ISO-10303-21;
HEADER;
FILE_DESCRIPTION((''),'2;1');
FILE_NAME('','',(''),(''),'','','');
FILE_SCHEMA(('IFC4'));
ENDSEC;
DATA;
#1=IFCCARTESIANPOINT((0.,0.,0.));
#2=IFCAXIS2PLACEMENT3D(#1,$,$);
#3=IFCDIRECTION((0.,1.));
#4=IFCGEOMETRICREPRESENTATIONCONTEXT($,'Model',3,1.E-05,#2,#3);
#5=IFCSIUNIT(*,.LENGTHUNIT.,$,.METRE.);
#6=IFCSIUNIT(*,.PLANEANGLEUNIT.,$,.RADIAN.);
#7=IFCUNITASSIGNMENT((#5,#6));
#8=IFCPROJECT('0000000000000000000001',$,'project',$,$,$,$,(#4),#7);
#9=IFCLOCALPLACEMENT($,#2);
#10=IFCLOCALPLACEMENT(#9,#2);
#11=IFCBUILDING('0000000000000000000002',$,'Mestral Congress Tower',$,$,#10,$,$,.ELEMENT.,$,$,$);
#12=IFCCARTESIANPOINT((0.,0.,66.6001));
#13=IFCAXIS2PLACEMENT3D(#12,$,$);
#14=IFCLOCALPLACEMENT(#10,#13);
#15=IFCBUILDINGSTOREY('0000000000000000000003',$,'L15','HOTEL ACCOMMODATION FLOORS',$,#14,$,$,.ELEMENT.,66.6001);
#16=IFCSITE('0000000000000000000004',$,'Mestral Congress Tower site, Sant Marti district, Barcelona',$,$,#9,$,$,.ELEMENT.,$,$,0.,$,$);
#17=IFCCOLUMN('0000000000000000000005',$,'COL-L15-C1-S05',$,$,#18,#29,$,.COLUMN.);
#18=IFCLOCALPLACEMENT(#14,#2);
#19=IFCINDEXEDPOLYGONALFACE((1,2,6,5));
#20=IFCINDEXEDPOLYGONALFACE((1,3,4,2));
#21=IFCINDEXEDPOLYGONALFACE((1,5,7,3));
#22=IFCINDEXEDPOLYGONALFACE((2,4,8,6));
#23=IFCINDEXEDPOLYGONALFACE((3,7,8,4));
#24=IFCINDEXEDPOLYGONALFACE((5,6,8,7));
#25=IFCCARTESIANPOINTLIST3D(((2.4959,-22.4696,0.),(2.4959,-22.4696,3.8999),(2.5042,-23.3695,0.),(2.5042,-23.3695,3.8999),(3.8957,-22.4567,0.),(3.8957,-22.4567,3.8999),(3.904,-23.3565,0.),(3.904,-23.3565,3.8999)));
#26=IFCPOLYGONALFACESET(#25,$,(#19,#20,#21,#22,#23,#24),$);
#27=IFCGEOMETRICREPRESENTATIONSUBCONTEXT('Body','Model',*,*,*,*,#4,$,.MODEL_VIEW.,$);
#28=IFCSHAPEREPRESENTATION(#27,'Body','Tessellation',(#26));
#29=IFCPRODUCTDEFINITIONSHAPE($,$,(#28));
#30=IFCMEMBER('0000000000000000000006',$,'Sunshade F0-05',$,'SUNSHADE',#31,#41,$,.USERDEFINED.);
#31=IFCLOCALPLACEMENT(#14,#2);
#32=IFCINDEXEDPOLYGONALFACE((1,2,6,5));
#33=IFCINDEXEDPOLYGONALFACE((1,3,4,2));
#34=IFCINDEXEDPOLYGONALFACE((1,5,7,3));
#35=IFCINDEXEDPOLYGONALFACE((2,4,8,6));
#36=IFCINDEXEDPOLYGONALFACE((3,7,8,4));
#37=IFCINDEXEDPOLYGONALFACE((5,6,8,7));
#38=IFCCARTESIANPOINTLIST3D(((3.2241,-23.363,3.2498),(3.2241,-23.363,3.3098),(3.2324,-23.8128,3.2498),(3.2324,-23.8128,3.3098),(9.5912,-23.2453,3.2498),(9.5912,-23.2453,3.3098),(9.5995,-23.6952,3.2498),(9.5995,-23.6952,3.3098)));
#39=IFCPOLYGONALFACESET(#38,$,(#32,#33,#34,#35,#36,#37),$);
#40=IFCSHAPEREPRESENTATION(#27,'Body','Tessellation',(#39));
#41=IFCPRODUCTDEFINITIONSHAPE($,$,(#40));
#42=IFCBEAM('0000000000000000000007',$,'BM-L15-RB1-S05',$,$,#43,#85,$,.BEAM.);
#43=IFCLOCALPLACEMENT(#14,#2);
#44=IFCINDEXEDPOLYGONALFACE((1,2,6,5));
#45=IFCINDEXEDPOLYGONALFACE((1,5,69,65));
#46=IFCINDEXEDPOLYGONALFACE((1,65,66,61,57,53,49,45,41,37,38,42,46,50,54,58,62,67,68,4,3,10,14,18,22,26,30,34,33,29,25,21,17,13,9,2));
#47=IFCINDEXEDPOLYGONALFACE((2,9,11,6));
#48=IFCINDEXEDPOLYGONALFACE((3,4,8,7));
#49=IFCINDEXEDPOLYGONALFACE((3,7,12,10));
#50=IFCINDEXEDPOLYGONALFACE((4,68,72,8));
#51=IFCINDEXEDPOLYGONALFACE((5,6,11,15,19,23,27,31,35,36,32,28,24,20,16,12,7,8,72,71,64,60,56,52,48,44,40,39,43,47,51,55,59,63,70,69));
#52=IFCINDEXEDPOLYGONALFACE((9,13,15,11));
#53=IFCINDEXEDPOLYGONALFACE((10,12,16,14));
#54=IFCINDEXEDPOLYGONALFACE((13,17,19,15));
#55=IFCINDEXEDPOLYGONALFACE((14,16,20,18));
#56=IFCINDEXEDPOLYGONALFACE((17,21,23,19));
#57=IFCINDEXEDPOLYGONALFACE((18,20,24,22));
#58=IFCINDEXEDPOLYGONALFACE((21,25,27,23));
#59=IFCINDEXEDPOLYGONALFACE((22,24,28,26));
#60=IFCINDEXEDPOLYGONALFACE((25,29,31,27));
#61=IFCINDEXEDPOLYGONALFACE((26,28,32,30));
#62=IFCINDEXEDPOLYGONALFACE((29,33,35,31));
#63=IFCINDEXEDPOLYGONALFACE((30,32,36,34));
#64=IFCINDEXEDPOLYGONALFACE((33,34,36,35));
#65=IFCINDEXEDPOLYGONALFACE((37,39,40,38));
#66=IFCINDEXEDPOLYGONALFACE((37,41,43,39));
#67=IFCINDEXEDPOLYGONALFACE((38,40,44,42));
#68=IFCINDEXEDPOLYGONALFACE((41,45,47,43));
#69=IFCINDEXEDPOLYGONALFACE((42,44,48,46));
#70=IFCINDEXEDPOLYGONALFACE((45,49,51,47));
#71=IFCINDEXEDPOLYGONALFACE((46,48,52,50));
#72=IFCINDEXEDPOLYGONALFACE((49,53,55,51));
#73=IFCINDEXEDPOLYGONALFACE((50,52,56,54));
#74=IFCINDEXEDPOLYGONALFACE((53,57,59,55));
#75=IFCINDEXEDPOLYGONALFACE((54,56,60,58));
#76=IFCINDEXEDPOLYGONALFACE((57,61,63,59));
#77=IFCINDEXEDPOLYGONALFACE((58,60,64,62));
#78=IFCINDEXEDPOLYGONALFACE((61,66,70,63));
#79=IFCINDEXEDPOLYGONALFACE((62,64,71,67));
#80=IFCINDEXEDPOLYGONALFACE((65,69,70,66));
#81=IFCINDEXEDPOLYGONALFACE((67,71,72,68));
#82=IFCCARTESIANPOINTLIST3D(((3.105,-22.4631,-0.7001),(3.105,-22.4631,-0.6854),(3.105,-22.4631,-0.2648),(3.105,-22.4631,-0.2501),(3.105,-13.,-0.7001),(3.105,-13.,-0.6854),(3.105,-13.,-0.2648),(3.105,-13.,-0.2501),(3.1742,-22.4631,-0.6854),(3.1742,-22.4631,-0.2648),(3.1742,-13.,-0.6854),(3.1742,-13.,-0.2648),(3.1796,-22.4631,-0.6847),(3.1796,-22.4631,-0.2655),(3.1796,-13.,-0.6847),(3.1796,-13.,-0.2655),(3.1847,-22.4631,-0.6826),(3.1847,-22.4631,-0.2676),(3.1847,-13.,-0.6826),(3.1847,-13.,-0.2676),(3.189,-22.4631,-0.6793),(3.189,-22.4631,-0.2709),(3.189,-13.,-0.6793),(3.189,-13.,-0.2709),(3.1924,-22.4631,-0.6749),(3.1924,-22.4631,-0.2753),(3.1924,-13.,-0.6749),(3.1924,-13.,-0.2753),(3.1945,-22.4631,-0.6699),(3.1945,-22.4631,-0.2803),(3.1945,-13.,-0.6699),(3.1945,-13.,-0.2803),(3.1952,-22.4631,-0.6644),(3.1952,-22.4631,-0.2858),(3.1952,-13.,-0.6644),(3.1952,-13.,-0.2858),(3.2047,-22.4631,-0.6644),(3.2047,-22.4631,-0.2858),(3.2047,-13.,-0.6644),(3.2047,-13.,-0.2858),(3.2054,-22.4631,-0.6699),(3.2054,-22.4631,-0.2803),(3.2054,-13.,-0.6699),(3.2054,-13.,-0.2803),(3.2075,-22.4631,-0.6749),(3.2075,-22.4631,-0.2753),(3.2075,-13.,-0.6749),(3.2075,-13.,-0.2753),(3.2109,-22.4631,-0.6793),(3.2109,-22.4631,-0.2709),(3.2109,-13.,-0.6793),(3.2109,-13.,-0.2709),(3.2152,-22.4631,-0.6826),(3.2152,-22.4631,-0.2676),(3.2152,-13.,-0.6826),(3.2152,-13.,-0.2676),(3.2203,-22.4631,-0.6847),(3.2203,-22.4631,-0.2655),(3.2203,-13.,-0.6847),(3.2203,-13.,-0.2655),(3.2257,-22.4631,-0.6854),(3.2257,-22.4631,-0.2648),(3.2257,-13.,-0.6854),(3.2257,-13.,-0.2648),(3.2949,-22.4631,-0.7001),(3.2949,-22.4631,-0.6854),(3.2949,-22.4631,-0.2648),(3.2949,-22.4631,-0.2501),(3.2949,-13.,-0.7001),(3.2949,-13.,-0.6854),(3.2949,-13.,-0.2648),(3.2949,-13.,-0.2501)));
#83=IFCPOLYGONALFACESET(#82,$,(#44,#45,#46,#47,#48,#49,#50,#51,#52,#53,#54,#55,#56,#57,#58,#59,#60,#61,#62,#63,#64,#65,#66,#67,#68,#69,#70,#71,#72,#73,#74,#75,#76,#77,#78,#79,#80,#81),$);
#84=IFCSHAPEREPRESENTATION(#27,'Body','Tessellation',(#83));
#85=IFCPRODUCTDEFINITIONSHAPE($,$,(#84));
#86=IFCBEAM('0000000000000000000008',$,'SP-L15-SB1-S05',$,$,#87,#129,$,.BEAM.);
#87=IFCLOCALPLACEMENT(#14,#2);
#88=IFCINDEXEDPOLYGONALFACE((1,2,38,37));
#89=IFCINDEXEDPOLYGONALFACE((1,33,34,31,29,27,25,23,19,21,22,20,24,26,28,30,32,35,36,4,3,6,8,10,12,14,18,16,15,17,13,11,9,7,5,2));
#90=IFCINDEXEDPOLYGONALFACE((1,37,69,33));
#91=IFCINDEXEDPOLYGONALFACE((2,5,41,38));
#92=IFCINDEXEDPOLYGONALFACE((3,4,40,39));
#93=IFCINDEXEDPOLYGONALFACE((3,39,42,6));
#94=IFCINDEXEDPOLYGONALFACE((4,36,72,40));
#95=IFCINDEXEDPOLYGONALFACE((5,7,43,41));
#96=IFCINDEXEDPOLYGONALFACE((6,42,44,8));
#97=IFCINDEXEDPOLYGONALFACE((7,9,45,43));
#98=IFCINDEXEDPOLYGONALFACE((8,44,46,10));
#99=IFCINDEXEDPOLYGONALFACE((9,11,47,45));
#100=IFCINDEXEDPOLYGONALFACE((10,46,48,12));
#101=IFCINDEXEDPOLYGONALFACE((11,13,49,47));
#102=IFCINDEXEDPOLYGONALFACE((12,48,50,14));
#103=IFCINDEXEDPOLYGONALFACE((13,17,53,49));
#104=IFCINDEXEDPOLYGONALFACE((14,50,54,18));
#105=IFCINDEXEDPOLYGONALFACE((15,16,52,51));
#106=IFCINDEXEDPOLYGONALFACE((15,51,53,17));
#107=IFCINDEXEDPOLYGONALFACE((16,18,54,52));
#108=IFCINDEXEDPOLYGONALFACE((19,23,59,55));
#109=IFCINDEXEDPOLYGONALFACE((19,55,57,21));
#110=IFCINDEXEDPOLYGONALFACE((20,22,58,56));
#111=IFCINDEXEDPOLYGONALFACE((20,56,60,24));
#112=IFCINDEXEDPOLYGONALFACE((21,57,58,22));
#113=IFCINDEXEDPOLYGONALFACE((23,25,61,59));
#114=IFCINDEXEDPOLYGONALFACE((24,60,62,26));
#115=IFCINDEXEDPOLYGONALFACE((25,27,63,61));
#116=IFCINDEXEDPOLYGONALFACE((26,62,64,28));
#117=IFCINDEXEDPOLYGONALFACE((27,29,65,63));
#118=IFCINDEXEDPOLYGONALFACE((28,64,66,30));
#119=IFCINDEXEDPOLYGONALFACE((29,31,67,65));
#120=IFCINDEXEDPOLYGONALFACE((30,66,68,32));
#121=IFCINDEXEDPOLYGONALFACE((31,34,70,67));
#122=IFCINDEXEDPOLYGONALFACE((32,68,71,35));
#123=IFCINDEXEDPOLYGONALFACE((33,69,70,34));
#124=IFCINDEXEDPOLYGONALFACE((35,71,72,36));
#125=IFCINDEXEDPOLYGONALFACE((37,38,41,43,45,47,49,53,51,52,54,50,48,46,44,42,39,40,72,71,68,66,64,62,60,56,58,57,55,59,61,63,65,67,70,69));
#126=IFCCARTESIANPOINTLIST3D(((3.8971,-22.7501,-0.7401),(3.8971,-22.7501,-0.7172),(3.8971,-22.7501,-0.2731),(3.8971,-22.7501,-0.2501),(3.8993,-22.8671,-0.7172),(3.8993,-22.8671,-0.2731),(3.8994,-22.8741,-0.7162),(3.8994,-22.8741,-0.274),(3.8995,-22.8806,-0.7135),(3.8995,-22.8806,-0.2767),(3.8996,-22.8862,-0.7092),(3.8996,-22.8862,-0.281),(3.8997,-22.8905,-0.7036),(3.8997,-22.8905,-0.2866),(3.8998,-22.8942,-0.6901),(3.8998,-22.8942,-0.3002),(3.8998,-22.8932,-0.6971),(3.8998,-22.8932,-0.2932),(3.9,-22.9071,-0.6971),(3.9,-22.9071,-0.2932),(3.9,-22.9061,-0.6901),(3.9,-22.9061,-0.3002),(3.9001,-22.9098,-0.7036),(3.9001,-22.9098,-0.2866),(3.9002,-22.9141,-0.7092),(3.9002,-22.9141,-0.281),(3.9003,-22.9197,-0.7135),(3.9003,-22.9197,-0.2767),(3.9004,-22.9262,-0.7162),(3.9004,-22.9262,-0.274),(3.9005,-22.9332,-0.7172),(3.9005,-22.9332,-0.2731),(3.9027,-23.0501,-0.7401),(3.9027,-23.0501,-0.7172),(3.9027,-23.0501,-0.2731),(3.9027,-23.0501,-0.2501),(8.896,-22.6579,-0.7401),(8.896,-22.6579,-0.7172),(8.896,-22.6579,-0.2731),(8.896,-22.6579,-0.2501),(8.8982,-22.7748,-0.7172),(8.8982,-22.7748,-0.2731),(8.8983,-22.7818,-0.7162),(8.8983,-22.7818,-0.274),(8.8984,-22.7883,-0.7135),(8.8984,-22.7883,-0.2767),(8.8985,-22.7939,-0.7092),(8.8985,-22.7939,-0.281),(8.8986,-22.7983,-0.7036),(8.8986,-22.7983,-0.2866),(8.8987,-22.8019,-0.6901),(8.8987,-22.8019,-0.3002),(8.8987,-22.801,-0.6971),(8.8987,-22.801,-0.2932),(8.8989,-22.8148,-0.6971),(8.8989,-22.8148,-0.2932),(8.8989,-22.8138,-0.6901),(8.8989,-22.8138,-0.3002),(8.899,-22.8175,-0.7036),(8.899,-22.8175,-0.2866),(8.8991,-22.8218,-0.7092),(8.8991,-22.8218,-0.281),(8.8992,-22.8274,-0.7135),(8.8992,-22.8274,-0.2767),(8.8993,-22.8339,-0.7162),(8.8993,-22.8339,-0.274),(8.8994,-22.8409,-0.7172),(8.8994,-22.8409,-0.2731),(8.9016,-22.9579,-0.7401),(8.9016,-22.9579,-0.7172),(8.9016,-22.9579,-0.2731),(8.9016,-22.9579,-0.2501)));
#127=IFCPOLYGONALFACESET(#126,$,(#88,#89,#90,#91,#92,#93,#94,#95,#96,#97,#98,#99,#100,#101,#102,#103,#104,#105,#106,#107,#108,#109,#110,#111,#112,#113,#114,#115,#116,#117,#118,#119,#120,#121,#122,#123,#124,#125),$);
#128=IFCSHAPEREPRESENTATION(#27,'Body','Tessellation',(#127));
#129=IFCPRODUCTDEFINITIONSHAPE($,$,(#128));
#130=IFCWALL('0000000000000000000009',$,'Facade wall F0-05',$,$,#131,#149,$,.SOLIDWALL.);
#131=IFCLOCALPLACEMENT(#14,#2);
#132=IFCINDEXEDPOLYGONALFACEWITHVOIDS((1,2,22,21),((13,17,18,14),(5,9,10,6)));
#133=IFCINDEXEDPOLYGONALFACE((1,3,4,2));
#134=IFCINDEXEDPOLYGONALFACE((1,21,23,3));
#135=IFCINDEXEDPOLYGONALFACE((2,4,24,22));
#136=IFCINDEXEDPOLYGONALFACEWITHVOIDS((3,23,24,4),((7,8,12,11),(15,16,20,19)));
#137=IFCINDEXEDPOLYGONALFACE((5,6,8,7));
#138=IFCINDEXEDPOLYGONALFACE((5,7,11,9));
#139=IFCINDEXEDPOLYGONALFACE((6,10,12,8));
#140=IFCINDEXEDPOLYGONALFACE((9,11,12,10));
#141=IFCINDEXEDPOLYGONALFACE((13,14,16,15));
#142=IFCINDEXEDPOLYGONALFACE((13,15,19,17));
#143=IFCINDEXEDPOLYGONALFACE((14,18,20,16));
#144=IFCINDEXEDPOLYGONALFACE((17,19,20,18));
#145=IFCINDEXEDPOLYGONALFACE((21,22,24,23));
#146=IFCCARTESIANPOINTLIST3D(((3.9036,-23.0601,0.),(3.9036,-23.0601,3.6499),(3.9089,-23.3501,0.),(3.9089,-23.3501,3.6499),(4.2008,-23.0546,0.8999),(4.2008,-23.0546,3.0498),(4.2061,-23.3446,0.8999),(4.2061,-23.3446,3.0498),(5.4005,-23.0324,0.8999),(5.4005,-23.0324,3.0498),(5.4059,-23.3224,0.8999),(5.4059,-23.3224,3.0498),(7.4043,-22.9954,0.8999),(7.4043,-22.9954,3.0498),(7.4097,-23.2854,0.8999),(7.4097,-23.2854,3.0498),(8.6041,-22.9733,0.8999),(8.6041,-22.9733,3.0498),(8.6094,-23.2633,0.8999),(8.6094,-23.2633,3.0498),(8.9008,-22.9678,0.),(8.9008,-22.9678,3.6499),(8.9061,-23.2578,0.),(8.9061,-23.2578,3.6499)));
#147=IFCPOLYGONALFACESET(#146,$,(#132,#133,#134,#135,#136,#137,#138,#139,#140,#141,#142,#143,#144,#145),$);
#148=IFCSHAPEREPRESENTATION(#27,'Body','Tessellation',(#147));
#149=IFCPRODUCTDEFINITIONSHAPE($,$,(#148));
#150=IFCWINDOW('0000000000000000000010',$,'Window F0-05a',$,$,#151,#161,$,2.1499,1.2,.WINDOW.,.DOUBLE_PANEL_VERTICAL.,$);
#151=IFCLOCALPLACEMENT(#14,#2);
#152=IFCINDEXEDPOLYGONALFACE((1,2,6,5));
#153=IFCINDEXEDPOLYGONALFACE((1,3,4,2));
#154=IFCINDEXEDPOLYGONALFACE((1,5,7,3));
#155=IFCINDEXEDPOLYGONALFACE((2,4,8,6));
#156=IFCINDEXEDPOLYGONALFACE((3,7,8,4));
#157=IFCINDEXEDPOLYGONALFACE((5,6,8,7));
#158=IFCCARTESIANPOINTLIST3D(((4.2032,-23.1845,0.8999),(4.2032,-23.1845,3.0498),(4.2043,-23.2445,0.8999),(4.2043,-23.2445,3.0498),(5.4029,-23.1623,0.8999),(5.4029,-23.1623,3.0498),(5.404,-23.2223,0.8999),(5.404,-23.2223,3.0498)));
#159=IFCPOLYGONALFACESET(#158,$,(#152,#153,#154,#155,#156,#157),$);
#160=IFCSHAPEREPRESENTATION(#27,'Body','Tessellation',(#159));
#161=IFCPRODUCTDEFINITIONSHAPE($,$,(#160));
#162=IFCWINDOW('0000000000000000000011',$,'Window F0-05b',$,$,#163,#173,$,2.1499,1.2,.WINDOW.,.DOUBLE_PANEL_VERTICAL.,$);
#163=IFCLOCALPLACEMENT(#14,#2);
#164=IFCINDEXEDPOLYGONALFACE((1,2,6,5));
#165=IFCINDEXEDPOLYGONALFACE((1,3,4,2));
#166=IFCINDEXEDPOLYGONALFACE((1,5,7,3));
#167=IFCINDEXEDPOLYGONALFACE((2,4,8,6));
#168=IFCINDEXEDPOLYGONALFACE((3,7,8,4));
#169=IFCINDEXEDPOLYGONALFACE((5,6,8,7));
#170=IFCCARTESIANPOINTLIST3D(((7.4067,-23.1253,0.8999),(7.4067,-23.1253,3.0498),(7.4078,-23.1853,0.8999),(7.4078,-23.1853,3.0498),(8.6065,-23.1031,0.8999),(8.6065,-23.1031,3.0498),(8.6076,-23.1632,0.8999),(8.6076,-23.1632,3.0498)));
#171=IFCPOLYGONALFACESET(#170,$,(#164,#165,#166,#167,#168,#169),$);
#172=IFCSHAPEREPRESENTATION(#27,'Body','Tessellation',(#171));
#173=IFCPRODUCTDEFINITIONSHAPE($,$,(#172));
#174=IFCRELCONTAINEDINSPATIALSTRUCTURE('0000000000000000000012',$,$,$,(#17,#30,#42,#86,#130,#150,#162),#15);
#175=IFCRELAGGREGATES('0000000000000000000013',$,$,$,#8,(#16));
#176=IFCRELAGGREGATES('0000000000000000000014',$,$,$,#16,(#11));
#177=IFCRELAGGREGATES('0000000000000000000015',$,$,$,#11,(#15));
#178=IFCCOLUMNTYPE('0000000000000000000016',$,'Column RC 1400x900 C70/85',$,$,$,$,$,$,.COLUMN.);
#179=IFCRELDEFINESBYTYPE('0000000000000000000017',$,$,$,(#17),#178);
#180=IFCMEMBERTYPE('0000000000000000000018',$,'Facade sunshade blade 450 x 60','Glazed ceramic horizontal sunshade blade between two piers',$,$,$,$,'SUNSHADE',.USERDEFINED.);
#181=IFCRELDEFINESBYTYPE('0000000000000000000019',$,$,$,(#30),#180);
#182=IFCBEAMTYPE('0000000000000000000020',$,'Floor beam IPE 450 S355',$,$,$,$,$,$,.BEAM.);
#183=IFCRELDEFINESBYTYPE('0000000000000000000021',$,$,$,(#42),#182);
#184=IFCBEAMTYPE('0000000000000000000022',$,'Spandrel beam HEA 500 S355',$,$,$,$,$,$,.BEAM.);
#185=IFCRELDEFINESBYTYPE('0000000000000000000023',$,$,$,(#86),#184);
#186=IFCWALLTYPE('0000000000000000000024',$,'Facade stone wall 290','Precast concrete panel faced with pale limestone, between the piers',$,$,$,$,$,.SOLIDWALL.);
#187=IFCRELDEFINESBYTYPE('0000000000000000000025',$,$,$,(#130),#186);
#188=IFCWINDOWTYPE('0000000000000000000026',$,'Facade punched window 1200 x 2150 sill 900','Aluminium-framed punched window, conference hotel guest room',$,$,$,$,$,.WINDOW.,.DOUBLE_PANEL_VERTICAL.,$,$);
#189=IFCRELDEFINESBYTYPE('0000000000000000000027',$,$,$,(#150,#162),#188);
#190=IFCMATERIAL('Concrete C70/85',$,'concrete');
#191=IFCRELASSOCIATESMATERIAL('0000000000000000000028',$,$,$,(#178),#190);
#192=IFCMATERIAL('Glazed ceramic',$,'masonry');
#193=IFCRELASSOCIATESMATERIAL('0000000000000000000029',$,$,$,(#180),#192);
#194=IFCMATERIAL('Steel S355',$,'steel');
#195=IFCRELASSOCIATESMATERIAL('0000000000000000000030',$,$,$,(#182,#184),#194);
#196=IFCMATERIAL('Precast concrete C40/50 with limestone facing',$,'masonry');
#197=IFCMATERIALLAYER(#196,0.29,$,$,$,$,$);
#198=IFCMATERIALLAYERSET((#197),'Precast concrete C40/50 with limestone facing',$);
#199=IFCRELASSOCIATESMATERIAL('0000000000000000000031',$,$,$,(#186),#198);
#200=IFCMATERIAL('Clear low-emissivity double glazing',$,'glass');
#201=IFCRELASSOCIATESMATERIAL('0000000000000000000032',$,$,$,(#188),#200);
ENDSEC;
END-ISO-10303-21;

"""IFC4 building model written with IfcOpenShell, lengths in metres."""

from ifc_helpers import new_model, si_unit, direction, frame, frame_2d, origin, origin_2d, place, context, subcontext, project, spatial, rectangle, i_section, extrude, material, layer, layer_set, material_profile, profile_set, type_object, element, fill, save


model = new_model("IFC4")

# Units and contexts
model_context = context("Model", 3, precision=1e-05, world=origin(), true_north=direction((0.0, 1.0)))
body_context = subcontext(model_context, "Body", "Model", "MODEL_VIEW")
ifc_project = project(units=[si_unit("LENGTHUNIT", "METRE"), si_unit("PLANEANGLEUNIT", "RADIAN")], contexts=[model_context])

# Site, building, storey
site_placement = place(None, origin())
site = spatial("IfcSite", under=ifc_project, at=site_placement, Name="Mestral Congress Tower site, Sant Marti district, Barcelona", CompositionType="ELEMENT", RefElevation=0.0)
building_placement = place(site_placement, origin())
building = spatial("IfcBuilding", under=site, at=building_placement, Name="Mestral Congress Tower", CompositionType="ELEMENT")
storey_placement = place(building_placement, frame((0.0, 0.0, 66.6001)))
storey = spatial("IfcBuildingStorey", under=building, at=storey_placement, Name="L15", Description="HOTEL ACCOMMODATION FLOORS", CompositionType="ELEMENT", Elevation=66.6001)

# Column
ifc_material_1 = material(Name="Concrete C70/85", Category="concrete")
ifc_material_profile_1 = material_profile(ifc_material_1, rectangle(XDim=1.3999, YDim=0.8999, at=origin_2d()), Name="RC 1400x900")
ifc_profile_set_1 = profile_set([ifc_material_profile_1], Name="Concrete C70/85")
column_type = type_object("IfcColumnType", Name="Column RC 1400x900 C70/85", PredefinedType="COLUMN", material=ifc_profile_set_1)
column_placement = place(storey_placement, frame((3.2, -22.9131, 0.0), z_axis=(0.0, 0.0, 1.0), x_axis=(0.999957, 0.009243, 0.0)))
element("IfcColumn", 1, at=column_placement, inside=storey, type_object=column_type, Name="COL-L15-C1-S05", PredefinedType="COLUMN", context=body_context, shape_type="SweptSolid", body=[
    extrude(rectangle(XDim=1.3999, YDim=0.8999, at=origin_2d()), origin(), (0.0, 0.0, 1.0), 3.8999),
])

# Member
ifc_material_2 = material(Name="Glazed ceramic", Category="masonry")
ifc_material_profile_2 = material_profile(ifc_material_2, rectangle(XDim=0.45, YDim=0.0601, at=origin_2d()), Name="Ceramic blade 450 x 60")
ifc_profile_set_2 = profile_set([ifc_material_profile_2], Name="Glazed ceramic")
member_type = type_object("IfcMemberType", Name="Facade sunshade blade 450 x 60", Description="Glazed ceramic horizontal sunshade blade between two piers", ElementType="SUNSHADE", PredefinedType="USERDEFINED", material=ifc_profile_set_2)
member_placement = place(storey_placement, frame((3.2283, -23.5879, 3.2798), z_axis=(0.999829, 0.018478, 0.0), x_axis=(-0.018478, 0.999829, 0.0)))
element("IfcMember", 2, at=member_placement, inside=storey, type_object=member_type, Name="Sunshade F0-05", ObjectType="SUNSHADE", PredefinedType="USERDEFINED", context=body_context, shape_type="SweptSolid", body=[
    extrude(rectangle(XDim=0.45, YDim=0.0601, at=origin_2d()), origin(), (0.0, 0.0, 1.0), 6.3682),
])

# Beams
ifc_material_3 = material(Name="Steel S355", Category="steel")
ifc_material_profile_3 = material_profile(ifc_material_3, i_section(OverallWidth=0.1899, OverallDepth=0.45, WebThickness=0.0095, FlangeThickness=0.0146, FilletRadius=0.021, at=origin_2d()), Name="IPE 450")
ifc_profile_set_3 = profile_set([ifc_material_profile_3], Name="Steel S355")
beam_type_1 = type_object("IfcBeamType", Name="Floor beam IPE 450 S355", PredefinedType="BEAM", material=ifc_profile_set_3)
beam_1_placement = place(storey_placement, frame((3.2, -22.4631, -0.4751), z_axis=(0.0, 1.0, 0.0), x_axis=(-1.0, 0.0, 0.0)))
element("IfcBeam", 3, at=beam_1_placement, inside=storey, type_object=beam_type_1, Name="BM-L15-RB1-S05", PredefinedType="BEAM", context=body_context, shape_type="SweptSolid", body=[
    extrude(i_section(OverallWidth=0.1899, OverallDepth=0.45, WebThickness=0.0095, FlangeThickness=0.0146, FilletRadius=0.021, at=origin_2d()), origin(), (0.0, 0.0, 1.0), 9.4631),
])
ifc_material_profile_4 = material_profile(ifc_material_3, i_section(OverallWidth=0.3, OverallDepth=0.49, WebThickness=0.012, FlangeThickness=0.0229, FilletRadius=0.0271, at=origin_2d()), Name="HEA 500")
ifc_profile_set_4 = profile_set([ifc_material_profile_4], Name="Steel S355")
beam_type_2 = type_object("IfcBeamType", Name="Spandrel beam HEA 500 S355", PredefinedType="BEAM", material=ifc_profile_set_4)
beam_2_placement = place(storey_placement, frame((3.8999, -22.9001, -0.4951), z_axis=(0.99983, 0.018457, 0.0), x_axis=(-0.018457, 0.99983, 0.0)))
element("IfcBeam", 4, at=beam_2_placement, inside=storey, type_object=beam_type_2, Name="SP-L15-SB1-S05", PredefinedType="BEAM", context=body_context, shape_type="SweptSolid", body=[
    extrude(i_section(OverallWidth=0.3, OverallDepth=0.49, WebThickness=0.012, FlangeThickness=0.0229, FilletRadius=0.0271, at=origin_2d()), origin(), (0.0, 0.0, 1.0), 4.9998),
])

# Wall, openings, windows
ifc_material_4 = material(Name="Precast concrete C40/50 with limestone facing", Category="masonry")
ifc_layer_1 = layer(ifc_material_4, 0.29)
ifc_layer_set_1 = layer_set([ifc_layer_1], Name="Precast concrete C40/50 with limestone facing")
wall_type_1 = type_object("IfcWallType", Name="Facade stone wall 290", Description="Precast concrete panel faced with pale limestone, between the piers", PredefinedType="SOLIDWALL", material=ifc_layer_set_1)
wall_1_placement = place(storey_placement, frame((3.9062, -23.2051, 0.0), z_axis=(0.0, 0.0, 1.0), x_axis=(0.99983, 0.018464, 0.0)))
wall_1 = element("IfcWall", 5, at=wall_1_placement, inside=storey, type_object=wall_type_1, Name="Facade wall F0-05", PredefinedType="SOLIDWALL", context=body_context, shape_type="SweptSolid", body=[
    extrude(rectangle(XDim=4.998, YDim=0.29, at=frame_2d((2.499, 0.0))), origin(), (0.0, 0.0, 1.0), 3.6499),
])
opening_1_placement = place(wall_1_placement, frame((0.2971, 0.0, 0.8999)))
opening_1 = element("IfcOpeningElement", 6, at=opening_1_placement, cuts=wall_1, PredefinedType="OPENING", context=body_context, shape_type="SweptSolid", body=[
    extrude(rectangle(XDim=1.2, YDim=2.1499, at=frame_2d((0.6001, 1.075))), frame((0.0, 0.155, 0.0), z_axis=(0.0, -1.0, 0.0), x_axis=(1.0, 0.0, 0.0)), (0.0, 0.0, 1.0), 0.3101),
])
opening_2_placement = place(wall_1_placement, frame((3.5012, 0.0, 0.8999)))
opening_2 = element("IfcOpeningElement", 7, at=opening_2_placement, cuts=wall_1, PredefinedType="OPENING", context=body_context, shape_type="SweptSolid", body=[
    extrude(rectangle(XDim=1.2, YDim=2.1499, at=frame_2d((0.6001, 1.075))), frame((0.0, 0.155, 0.0), z_axis=(0.0, -1.0, 0.0), x_axis=(1.0, 0.0, 0.0)), (0.0, 0.0, 1.0), 0.3101),
])
ifc_material_5 = material(Name="Clear low-emissivity double glazing", Category="glass")
window_type = type_object("IfcWindowType", Name="Facade punched window 1200 x 2150 sill 900", Description="Aluminium-framed punched window, conference hotel guest room", PartitioningType="DOUBLE_PANEL_VERTICAL", PredefinedType="WINDOW", material=ifc_material_5)
window_1_placement = place(opening_1_placement, origin())
window_1 = element("IfcWindow", 8, at=window_1_placement, inside=storey, type_object=window_type, Name="Window F0-05a", OverallHeight=2.1499, OverallWidth=1.2, PartitioningType="DOUBLE_PANEL_VERTICAL", PredefinedType="WINDOW", context=body_context, shape_type="SweptSolid", body=[
    extrude(rectangle(XDim=1.2, YDim=2.1499, at=frame_2d((0.6001, 1.075))), frame((0.0, 0.0151, 0.0), z_axis=(0.0, -1.0, 0.0), x_axis=(1.0, 0.0, 0.0)), (0.0, 0.0, 1.0), 0.0601),
])
fill(opening_1, window_1)
window_2_placement = place(opening_2_placement, origin())
window_2 = element("IfcWindow", 9, at=window_2_placement, inside=storey, type_object=window_type, Name="Window F0-05b", OverallHeight=2.1499, OverallWidth=1.2, PartitioningType="DOUBLE_PANEL_VERTICAL", PredefinedType="WINDOW", context=body_context, shape_type="SweptSolid", body=[
    extrude(rectangle(XDim=1.2, YDim=2.1499, at=frame_2d((0.6001, 1.075))), frame((0.0, 0.0151, 0.0), z_axis=(0.0, -1.0, 0.0), x_axis=(1.0, 0.0, 0.0)), (0.0, 0.0, 1.0), 0.0601),
])
fill(opening_2, window_2)

save(model, "model.ifc")
